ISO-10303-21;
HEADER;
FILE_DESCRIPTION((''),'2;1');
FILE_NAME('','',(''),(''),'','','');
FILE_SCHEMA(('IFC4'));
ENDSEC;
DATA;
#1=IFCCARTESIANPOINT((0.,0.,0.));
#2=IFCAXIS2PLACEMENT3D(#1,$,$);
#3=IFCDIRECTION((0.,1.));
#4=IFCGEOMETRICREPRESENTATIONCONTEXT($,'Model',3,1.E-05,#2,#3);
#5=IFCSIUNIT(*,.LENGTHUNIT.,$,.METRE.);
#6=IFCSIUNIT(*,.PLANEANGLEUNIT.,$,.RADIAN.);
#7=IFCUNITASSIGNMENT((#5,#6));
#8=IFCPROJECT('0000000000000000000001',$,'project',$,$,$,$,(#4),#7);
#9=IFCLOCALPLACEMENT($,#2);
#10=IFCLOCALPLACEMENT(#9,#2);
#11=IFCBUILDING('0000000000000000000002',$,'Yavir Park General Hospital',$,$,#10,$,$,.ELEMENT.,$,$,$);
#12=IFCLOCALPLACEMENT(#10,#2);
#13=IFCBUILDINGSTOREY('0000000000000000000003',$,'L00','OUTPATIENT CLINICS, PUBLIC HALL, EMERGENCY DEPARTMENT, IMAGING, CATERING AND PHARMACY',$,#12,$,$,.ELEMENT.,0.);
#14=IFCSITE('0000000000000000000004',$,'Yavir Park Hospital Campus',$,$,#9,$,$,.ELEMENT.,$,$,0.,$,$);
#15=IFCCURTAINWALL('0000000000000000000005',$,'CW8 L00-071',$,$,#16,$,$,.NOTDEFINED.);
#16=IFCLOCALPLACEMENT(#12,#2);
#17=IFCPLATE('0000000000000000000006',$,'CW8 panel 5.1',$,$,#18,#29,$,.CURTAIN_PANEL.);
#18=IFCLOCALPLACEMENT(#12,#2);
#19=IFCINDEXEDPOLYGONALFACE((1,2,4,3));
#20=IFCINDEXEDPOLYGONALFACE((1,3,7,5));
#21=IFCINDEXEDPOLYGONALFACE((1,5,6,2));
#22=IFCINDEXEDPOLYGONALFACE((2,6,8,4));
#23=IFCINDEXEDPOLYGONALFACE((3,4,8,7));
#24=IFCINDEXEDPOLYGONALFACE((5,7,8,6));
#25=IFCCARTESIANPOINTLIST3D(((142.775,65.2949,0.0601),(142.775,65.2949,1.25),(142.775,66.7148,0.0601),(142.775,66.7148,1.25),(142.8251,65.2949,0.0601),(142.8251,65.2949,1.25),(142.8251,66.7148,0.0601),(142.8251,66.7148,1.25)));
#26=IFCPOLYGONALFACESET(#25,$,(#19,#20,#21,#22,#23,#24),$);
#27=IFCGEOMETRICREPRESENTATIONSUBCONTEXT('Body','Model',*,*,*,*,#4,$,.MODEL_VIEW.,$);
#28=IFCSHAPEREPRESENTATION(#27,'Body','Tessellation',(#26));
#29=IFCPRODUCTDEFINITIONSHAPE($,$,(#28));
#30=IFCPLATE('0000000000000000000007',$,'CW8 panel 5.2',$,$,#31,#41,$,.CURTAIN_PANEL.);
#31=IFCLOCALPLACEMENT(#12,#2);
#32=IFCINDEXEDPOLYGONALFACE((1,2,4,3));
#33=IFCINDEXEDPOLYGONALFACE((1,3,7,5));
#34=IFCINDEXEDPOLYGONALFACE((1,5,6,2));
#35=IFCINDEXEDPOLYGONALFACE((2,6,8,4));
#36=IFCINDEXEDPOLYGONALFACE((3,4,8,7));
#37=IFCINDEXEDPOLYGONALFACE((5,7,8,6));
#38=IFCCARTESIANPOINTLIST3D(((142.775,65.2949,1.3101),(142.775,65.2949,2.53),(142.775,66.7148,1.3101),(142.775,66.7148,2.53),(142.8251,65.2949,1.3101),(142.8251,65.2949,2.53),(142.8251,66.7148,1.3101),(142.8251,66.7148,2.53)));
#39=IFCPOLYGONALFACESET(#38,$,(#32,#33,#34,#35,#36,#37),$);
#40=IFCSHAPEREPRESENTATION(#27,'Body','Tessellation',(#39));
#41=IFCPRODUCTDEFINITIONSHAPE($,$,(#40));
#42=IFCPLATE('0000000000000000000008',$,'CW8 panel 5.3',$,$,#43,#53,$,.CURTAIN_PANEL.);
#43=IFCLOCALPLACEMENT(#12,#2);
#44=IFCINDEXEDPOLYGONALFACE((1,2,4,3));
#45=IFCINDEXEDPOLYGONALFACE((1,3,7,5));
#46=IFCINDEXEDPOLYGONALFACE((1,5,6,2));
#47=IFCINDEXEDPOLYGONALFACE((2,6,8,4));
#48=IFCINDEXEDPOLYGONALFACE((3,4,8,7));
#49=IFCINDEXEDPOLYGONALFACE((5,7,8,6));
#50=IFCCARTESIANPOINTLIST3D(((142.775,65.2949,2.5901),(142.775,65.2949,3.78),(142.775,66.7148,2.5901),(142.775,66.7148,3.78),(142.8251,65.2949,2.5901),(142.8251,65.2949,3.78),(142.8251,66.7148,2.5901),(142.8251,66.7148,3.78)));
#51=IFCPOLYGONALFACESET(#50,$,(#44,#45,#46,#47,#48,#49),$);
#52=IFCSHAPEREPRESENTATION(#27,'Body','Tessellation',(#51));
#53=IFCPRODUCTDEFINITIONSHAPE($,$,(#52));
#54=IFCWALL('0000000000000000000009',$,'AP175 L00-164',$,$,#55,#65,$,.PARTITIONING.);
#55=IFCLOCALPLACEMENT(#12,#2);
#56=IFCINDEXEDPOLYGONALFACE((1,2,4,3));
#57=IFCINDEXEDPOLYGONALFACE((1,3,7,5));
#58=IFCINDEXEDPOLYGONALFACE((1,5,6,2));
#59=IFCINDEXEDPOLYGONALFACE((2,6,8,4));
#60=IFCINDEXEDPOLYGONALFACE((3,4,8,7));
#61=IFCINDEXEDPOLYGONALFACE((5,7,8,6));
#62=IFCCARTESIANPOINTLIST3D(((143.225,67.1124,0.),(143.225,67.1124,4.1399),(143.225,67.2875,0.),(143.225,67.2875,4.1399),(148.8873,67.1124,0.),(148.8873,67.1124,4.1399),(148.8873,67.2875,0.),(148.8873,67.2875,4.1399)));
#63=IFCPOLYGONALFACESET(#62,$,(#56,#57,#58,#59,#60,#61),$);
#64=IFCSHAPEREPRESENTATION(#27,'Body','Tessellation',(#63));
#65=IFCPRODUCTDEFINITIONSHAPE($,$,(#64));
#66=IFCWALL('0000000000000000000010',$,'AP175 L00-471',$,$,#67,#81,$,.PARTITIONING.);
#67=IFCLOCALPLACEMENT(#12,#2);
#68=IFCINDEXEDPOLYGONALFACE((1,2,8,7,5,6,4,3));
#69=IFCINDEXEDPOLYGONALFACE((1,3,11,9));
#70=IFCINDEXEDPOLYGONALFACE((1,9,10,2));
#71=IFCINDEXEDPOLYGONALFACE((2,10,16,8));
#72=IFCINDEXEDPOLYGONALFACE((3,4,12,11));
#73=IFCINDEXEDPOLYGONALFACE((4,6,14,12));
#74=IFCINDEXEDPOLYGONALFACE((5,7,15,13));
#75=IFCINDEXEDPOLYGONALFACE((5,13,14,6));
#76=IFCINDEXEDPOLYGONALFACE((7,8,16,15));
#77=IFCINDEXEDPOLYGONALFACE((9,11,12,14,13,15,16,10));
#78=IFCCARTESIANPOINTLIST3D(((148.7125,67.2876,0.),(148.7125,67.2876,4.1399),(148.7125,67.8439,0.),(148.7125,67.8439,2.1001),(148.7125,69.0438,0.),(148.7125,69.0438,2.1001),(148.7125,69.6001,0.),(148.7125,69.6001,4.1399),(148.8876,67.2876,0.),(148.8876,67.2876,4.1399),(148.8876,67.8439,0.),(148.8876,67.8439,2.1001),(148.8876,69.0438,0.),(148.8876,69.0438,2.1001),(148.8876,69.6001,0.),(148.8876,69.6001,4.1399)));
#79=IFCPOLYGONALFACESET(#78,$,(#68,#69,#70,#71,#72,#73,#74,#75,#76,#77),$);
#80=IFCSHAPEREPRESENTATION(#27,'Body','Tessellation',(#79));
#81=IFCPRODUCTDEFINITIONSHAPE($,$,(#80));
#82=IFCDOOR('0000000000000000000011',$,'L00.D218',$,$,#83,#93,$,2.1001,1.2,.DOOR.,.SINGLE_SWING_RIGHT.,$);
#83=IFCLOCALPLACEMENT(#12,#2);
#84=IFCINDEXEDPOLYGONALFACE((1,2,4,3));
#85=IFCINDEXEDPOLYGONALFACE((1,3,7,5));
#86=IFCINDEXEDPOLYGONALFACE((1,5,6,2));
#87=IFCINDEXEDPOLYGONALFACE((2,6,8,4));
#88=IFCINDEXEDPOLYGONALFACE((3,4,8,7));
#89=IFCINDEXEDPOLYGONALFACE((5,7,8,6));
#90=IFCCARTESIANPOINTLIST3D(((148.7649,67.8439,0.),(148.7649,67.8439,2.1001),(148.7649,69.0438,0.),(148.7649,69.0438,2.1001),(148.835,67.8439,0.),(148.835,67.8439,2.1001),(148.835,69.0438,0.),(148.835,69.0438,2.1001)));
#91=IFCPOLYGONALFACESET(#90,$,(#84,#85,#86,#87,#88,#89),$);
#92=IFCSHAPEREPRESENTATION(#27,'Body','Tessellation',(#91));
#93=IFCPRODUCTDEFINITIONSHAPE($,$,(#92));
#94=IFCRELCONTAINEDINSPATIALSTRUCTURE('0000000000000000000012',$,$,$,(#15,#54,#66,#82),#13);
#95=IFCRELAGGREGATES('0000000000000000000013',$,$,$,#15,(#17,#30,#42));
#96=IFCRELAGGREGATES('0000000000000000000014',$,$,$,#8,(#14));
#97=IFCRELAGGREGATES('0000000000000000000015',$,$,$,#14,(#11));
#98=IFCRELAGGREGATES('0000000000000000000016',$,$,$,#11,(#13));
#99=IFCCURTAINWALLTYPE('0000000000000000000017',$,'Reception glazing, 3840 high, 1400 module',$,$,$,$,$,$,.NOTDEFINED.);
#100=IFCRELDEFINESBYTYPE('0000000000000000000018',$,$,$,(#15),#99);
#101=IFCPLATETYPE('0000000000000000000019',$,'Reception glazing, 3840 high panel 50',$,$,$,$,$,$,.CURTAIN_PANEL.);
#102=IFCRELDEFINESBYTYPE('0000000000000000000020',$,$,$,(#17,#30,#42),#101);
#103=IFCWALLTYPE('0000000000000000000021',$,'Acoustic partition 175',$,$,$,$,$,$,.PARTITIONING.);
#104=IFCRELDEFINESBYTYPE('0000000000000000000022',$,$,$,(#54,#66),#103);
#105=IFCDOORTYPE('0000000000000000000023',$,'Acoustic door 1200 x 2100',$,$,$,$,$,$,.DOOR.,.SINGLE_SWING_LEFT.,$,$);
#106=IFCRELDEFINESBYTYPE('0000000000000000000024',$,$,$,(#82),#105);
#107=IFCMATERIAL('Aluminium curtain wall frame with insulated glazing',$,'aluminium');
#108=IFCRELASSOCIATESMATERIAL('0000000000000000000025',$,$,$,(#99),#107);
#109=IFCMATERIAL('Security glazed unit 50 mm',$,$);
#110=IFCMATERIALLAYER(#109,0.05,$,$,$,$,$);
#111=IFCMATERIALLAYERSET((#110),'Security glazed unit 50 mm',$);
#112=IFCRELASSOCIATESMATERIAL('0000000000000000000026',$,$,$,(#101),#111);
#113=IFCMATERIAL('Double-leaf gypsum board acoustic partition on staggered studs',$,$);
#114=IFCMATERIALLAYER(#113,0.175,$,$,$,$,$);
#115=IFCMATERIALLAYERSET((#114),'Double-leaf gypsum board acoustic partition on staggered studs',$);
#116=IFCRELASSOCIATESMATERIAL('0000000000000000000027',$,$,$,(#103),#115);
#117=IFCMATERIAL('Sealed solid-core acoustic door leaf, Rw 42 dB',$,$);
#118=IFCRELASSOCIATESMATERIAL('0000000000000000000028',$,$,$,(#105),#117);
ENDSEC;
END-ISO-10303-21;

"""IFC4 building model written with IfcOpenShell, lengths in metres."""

from ifc_helpers import new_model, si_unit, direction, frame, frame_2d, origin, origin_2d, place, context, subcontext, project, spatial, rectangle, extrude, material, layer, layer_set, type_object, element, fill, aggregate, save


model = new_model("IFC4")

# Units and contexts
model_context = context("Model", 3, precision=1e-05, world=origin(), true_north=direction((0.0, 1.0)))
body_context = subcontext(model_context, "Body", "Model", "MODEL_VIEW")
ifc_project = project(units=[si_unit("LENGTHUNIT", "METRE"), si_unit("PLANEANGLEUNIT", "RADIAN")], contexts=[model_context])

# Site, building, storey
site_placement = place(None, origin())
site = spatial("IfcSite", under=ifc_project, at=site_placement, Name="Yavir Park Hospital Campus", CompositionType="ELEMENT", RefElevation=0.0)
building_placement = place(site_placement, origin())
building = spatial("IfcBuilding", under=site, at=building_placement, Name="Yavir Park General Hospital", CompositionType="ELEMENT")
storey_placement = place(building_placement, origin())
storey = spatial("IfcBuildingStorey", under=building, at=storey_placement, Name="L00", Description="OUTPATIENT CLINICS, PUBLIC HALL, EMERGENCY DEPARTMENT, IMAGING, CATERING AND PHARMACY", CompositionType="ELEMENT", Elevation=0.0)

# Curtain wall, plates
ifc_material_1 = material(Name="Aluminium curtain wall frame with insulated glazing", Category="aluminium")
curtain_wall_type = type_object("IfcCurtainWallType", Name="Reception glazing, 3840 high, 1400 module", PredefinedType="NOTDEFINED", material=ifc_material_1)
curtain_wall_placement = place(storey_placement, origin())
curtain_wall = element("IfcCurtainWall", 1, at=curtain_wall_placement, inside=storey, type_object=curtain_wall_type, Name="CW8 L00-071", PredefinedType="NOTDEFINED")
ifc_material_2 = material(Name="Security glazed unit 50 mm")
ifc_layer_1 = layer(ifc_material_2, 0.05)
ifc_layer_set_1 = layer_set([ifc_layer_1], Name="Security glazed unit 50 mm")
plate_type = type_object("IfcPlateType", Name="Reception glazing, 3840 high panel 50", PredefinedType="CURTAIN_PANEL", material=ifc_layer_set_1)
plate_1_placement = place(storey_placement, frame((142.8, 66.0049, 0.0601), z_axis=(0.0, 0.0, 1.0), x_axis=(0.0, 1.0, 0.0)))
plate_1 = element("IfcPlate", 2, at=plate_1_placement, type_object=plate_type, Name="CW8 panel 5.1", PredefinedType="CURTAIN_PANEL", context=body_context, shape_type="SweptSolid", body=[
    extrude(rectangle(XDim=1.4199, YDim=0.05, at=origin_2d()), origin(), (0.0, 0.0, 1.0), 1.1899),
])
plate_2_placement = place(storey_placement, frame((142.8, 66.0049, 1.3101), z_axis=(0.0, 0.0, 1.0), x_axis=(0.0, 1.0, 0.0)))
plate_2 = element("IfcPlate", 3, at=plate_2_placement, type_object=plate_type, Name="CW8 panel 5.2", PredefinedType="CURTAIN_PANEL", context=body_context, shape_type="SweptSolid", body=[
    extrude(rectangle(XDim=1.4199, YDim=0.05, at=origin_2d()), origin(), (0.0, 0.0, 1.0), 1.22),
])
plate_3_placement = place(storey_placement, frame((142.8, 66.0049, 2.5901), z_axis=(0.0, 0.0, 1.0), x_axis=(0.0, 1.0, 0.0)))
plate_3 = element("IfcPlate", 4, at=plate_3_placement, type_object=plate_type, Name="CW8 panel 5.3", PredefinedType="CURTAIN_PANEL", context=body_context, shape_type="SweptSolid", body=[
    extrude(rectangle(XDim=1.4199, YDim=0.05, at=origin_2d()), origin(), (0.0, 0.0, 1.0), 1.1899),
])
aggregate(curtain_wall, [plate_1, plate_2, plate_3])

# Wall
ifc_material_3 = material(Name="Double-leaf gypsum board acoustic partition on staggered studs")
ifc_layer_2 = layer(ifc_material_3, 0.175)
ifc_layer_set_2 = layer_set([ifc_layer_2], Name="Double-leaf gypsum board acoustic partition on staggered studs")
wall_type = type_object("IfcWallType", Name="Acoustic partition 175", PredefinedType="PARTITIONING", material=ifc_layer_set_2)
wall_1_placement = place(storey_placement, frame((143.2251, 67.2, 0.0), z_axis=(0.0, 0.0, 1.0), x_axis=(1.0, 0.0, 0.0)))
element("IfcWall", 5, at=wall_1_placement, inside=storey, type_object=wall_type, Name="AP175 L00-164", PredefinedType="PARTITIONING", context=body_context, shape_type="SweptSolid", body=[
    extrude(rectangle(XDim=5.6624, YDim=0.175, at=frame_2d((2.8311, 0.0))), origin(), (0.0, 0.0, 1.0), 4.1399),
])

# Wall, opening, door
wall_2_placement = place(storey_placement, frame((148.8, 67.2876, 0.0), z_axis=(0.0, 0.0, 1.0), x_axis=(0.0, 1.0, 0.0)))
wall_2 = element("IfcWall", 6, at=wall_2_placement, inside=storey, type_object=wall_type, Name="AP175 L00-471", PredefinedType="PARTITIONING", context=body_context, shape_type="SweptSolid", body=[
    extrude(rectangle(XDim=2.3125, YDim=0.175, at=frame_2d((1.1562, 0.0))), origin(), (0.0, 0.0, 1.0), 4.1399),
])
opening_placement = place(wall_2_placement, frame((0.5562, 0.0, 0.0)))
opening = element("IfcOpeningElement", 7, at=opening_placement, cuts=wall_2, PredefinedType="OPENING", context=body_context, shape_type="SweptSolid", body=[
    extrude(rectangle(XDim=1.2, YDim=2.1001, at=frame_2d((0.6001, 1.05))), frame((0.0, 0.0974, 0.0), z_axis=(0.0, -1.0, 0.0), x_axis=(1.0, 0.0, 0.0)), (0.0, 0.0, 1.0), 0.1951),
])
ifc_material_4 = material(Name="Sealed solid-core acoustic door leaf, Rw 42 dB")
door_type = type_object("IfcDoorType", Name="Acoustic door 1200 x 2100", OperationType="SINGLE_SWING_LEFT", PredefinedType="DOOR", material=ifc_material_4)
door_placement = place(opening_placement, origin())
door = element("IfcDoor", 8, at=door_placement, inside=storey, type_object=door_type, Name="L00.D218", OperationType="SINGLE_SWING_RIGHT", OverallHeight=2.1001, OverallWidth=1.2, PredefinedType="DOOR", context=body_context, shape_type="SweptSolid", body=[
    extrude(rectangle(XDim=1.2, YDim=2.1001, at=frame_2d((0.6001, 1.05))), frame((0.0, 0.0352, 0.0), z_axis=(0.0, -1.0, 0.0), x_axis=(1.0, 0.0, 0.0)), (0.0, 0.0, 1.0), 0.0701),
])
fill(opening, door)

save(model, "model.ifc")
